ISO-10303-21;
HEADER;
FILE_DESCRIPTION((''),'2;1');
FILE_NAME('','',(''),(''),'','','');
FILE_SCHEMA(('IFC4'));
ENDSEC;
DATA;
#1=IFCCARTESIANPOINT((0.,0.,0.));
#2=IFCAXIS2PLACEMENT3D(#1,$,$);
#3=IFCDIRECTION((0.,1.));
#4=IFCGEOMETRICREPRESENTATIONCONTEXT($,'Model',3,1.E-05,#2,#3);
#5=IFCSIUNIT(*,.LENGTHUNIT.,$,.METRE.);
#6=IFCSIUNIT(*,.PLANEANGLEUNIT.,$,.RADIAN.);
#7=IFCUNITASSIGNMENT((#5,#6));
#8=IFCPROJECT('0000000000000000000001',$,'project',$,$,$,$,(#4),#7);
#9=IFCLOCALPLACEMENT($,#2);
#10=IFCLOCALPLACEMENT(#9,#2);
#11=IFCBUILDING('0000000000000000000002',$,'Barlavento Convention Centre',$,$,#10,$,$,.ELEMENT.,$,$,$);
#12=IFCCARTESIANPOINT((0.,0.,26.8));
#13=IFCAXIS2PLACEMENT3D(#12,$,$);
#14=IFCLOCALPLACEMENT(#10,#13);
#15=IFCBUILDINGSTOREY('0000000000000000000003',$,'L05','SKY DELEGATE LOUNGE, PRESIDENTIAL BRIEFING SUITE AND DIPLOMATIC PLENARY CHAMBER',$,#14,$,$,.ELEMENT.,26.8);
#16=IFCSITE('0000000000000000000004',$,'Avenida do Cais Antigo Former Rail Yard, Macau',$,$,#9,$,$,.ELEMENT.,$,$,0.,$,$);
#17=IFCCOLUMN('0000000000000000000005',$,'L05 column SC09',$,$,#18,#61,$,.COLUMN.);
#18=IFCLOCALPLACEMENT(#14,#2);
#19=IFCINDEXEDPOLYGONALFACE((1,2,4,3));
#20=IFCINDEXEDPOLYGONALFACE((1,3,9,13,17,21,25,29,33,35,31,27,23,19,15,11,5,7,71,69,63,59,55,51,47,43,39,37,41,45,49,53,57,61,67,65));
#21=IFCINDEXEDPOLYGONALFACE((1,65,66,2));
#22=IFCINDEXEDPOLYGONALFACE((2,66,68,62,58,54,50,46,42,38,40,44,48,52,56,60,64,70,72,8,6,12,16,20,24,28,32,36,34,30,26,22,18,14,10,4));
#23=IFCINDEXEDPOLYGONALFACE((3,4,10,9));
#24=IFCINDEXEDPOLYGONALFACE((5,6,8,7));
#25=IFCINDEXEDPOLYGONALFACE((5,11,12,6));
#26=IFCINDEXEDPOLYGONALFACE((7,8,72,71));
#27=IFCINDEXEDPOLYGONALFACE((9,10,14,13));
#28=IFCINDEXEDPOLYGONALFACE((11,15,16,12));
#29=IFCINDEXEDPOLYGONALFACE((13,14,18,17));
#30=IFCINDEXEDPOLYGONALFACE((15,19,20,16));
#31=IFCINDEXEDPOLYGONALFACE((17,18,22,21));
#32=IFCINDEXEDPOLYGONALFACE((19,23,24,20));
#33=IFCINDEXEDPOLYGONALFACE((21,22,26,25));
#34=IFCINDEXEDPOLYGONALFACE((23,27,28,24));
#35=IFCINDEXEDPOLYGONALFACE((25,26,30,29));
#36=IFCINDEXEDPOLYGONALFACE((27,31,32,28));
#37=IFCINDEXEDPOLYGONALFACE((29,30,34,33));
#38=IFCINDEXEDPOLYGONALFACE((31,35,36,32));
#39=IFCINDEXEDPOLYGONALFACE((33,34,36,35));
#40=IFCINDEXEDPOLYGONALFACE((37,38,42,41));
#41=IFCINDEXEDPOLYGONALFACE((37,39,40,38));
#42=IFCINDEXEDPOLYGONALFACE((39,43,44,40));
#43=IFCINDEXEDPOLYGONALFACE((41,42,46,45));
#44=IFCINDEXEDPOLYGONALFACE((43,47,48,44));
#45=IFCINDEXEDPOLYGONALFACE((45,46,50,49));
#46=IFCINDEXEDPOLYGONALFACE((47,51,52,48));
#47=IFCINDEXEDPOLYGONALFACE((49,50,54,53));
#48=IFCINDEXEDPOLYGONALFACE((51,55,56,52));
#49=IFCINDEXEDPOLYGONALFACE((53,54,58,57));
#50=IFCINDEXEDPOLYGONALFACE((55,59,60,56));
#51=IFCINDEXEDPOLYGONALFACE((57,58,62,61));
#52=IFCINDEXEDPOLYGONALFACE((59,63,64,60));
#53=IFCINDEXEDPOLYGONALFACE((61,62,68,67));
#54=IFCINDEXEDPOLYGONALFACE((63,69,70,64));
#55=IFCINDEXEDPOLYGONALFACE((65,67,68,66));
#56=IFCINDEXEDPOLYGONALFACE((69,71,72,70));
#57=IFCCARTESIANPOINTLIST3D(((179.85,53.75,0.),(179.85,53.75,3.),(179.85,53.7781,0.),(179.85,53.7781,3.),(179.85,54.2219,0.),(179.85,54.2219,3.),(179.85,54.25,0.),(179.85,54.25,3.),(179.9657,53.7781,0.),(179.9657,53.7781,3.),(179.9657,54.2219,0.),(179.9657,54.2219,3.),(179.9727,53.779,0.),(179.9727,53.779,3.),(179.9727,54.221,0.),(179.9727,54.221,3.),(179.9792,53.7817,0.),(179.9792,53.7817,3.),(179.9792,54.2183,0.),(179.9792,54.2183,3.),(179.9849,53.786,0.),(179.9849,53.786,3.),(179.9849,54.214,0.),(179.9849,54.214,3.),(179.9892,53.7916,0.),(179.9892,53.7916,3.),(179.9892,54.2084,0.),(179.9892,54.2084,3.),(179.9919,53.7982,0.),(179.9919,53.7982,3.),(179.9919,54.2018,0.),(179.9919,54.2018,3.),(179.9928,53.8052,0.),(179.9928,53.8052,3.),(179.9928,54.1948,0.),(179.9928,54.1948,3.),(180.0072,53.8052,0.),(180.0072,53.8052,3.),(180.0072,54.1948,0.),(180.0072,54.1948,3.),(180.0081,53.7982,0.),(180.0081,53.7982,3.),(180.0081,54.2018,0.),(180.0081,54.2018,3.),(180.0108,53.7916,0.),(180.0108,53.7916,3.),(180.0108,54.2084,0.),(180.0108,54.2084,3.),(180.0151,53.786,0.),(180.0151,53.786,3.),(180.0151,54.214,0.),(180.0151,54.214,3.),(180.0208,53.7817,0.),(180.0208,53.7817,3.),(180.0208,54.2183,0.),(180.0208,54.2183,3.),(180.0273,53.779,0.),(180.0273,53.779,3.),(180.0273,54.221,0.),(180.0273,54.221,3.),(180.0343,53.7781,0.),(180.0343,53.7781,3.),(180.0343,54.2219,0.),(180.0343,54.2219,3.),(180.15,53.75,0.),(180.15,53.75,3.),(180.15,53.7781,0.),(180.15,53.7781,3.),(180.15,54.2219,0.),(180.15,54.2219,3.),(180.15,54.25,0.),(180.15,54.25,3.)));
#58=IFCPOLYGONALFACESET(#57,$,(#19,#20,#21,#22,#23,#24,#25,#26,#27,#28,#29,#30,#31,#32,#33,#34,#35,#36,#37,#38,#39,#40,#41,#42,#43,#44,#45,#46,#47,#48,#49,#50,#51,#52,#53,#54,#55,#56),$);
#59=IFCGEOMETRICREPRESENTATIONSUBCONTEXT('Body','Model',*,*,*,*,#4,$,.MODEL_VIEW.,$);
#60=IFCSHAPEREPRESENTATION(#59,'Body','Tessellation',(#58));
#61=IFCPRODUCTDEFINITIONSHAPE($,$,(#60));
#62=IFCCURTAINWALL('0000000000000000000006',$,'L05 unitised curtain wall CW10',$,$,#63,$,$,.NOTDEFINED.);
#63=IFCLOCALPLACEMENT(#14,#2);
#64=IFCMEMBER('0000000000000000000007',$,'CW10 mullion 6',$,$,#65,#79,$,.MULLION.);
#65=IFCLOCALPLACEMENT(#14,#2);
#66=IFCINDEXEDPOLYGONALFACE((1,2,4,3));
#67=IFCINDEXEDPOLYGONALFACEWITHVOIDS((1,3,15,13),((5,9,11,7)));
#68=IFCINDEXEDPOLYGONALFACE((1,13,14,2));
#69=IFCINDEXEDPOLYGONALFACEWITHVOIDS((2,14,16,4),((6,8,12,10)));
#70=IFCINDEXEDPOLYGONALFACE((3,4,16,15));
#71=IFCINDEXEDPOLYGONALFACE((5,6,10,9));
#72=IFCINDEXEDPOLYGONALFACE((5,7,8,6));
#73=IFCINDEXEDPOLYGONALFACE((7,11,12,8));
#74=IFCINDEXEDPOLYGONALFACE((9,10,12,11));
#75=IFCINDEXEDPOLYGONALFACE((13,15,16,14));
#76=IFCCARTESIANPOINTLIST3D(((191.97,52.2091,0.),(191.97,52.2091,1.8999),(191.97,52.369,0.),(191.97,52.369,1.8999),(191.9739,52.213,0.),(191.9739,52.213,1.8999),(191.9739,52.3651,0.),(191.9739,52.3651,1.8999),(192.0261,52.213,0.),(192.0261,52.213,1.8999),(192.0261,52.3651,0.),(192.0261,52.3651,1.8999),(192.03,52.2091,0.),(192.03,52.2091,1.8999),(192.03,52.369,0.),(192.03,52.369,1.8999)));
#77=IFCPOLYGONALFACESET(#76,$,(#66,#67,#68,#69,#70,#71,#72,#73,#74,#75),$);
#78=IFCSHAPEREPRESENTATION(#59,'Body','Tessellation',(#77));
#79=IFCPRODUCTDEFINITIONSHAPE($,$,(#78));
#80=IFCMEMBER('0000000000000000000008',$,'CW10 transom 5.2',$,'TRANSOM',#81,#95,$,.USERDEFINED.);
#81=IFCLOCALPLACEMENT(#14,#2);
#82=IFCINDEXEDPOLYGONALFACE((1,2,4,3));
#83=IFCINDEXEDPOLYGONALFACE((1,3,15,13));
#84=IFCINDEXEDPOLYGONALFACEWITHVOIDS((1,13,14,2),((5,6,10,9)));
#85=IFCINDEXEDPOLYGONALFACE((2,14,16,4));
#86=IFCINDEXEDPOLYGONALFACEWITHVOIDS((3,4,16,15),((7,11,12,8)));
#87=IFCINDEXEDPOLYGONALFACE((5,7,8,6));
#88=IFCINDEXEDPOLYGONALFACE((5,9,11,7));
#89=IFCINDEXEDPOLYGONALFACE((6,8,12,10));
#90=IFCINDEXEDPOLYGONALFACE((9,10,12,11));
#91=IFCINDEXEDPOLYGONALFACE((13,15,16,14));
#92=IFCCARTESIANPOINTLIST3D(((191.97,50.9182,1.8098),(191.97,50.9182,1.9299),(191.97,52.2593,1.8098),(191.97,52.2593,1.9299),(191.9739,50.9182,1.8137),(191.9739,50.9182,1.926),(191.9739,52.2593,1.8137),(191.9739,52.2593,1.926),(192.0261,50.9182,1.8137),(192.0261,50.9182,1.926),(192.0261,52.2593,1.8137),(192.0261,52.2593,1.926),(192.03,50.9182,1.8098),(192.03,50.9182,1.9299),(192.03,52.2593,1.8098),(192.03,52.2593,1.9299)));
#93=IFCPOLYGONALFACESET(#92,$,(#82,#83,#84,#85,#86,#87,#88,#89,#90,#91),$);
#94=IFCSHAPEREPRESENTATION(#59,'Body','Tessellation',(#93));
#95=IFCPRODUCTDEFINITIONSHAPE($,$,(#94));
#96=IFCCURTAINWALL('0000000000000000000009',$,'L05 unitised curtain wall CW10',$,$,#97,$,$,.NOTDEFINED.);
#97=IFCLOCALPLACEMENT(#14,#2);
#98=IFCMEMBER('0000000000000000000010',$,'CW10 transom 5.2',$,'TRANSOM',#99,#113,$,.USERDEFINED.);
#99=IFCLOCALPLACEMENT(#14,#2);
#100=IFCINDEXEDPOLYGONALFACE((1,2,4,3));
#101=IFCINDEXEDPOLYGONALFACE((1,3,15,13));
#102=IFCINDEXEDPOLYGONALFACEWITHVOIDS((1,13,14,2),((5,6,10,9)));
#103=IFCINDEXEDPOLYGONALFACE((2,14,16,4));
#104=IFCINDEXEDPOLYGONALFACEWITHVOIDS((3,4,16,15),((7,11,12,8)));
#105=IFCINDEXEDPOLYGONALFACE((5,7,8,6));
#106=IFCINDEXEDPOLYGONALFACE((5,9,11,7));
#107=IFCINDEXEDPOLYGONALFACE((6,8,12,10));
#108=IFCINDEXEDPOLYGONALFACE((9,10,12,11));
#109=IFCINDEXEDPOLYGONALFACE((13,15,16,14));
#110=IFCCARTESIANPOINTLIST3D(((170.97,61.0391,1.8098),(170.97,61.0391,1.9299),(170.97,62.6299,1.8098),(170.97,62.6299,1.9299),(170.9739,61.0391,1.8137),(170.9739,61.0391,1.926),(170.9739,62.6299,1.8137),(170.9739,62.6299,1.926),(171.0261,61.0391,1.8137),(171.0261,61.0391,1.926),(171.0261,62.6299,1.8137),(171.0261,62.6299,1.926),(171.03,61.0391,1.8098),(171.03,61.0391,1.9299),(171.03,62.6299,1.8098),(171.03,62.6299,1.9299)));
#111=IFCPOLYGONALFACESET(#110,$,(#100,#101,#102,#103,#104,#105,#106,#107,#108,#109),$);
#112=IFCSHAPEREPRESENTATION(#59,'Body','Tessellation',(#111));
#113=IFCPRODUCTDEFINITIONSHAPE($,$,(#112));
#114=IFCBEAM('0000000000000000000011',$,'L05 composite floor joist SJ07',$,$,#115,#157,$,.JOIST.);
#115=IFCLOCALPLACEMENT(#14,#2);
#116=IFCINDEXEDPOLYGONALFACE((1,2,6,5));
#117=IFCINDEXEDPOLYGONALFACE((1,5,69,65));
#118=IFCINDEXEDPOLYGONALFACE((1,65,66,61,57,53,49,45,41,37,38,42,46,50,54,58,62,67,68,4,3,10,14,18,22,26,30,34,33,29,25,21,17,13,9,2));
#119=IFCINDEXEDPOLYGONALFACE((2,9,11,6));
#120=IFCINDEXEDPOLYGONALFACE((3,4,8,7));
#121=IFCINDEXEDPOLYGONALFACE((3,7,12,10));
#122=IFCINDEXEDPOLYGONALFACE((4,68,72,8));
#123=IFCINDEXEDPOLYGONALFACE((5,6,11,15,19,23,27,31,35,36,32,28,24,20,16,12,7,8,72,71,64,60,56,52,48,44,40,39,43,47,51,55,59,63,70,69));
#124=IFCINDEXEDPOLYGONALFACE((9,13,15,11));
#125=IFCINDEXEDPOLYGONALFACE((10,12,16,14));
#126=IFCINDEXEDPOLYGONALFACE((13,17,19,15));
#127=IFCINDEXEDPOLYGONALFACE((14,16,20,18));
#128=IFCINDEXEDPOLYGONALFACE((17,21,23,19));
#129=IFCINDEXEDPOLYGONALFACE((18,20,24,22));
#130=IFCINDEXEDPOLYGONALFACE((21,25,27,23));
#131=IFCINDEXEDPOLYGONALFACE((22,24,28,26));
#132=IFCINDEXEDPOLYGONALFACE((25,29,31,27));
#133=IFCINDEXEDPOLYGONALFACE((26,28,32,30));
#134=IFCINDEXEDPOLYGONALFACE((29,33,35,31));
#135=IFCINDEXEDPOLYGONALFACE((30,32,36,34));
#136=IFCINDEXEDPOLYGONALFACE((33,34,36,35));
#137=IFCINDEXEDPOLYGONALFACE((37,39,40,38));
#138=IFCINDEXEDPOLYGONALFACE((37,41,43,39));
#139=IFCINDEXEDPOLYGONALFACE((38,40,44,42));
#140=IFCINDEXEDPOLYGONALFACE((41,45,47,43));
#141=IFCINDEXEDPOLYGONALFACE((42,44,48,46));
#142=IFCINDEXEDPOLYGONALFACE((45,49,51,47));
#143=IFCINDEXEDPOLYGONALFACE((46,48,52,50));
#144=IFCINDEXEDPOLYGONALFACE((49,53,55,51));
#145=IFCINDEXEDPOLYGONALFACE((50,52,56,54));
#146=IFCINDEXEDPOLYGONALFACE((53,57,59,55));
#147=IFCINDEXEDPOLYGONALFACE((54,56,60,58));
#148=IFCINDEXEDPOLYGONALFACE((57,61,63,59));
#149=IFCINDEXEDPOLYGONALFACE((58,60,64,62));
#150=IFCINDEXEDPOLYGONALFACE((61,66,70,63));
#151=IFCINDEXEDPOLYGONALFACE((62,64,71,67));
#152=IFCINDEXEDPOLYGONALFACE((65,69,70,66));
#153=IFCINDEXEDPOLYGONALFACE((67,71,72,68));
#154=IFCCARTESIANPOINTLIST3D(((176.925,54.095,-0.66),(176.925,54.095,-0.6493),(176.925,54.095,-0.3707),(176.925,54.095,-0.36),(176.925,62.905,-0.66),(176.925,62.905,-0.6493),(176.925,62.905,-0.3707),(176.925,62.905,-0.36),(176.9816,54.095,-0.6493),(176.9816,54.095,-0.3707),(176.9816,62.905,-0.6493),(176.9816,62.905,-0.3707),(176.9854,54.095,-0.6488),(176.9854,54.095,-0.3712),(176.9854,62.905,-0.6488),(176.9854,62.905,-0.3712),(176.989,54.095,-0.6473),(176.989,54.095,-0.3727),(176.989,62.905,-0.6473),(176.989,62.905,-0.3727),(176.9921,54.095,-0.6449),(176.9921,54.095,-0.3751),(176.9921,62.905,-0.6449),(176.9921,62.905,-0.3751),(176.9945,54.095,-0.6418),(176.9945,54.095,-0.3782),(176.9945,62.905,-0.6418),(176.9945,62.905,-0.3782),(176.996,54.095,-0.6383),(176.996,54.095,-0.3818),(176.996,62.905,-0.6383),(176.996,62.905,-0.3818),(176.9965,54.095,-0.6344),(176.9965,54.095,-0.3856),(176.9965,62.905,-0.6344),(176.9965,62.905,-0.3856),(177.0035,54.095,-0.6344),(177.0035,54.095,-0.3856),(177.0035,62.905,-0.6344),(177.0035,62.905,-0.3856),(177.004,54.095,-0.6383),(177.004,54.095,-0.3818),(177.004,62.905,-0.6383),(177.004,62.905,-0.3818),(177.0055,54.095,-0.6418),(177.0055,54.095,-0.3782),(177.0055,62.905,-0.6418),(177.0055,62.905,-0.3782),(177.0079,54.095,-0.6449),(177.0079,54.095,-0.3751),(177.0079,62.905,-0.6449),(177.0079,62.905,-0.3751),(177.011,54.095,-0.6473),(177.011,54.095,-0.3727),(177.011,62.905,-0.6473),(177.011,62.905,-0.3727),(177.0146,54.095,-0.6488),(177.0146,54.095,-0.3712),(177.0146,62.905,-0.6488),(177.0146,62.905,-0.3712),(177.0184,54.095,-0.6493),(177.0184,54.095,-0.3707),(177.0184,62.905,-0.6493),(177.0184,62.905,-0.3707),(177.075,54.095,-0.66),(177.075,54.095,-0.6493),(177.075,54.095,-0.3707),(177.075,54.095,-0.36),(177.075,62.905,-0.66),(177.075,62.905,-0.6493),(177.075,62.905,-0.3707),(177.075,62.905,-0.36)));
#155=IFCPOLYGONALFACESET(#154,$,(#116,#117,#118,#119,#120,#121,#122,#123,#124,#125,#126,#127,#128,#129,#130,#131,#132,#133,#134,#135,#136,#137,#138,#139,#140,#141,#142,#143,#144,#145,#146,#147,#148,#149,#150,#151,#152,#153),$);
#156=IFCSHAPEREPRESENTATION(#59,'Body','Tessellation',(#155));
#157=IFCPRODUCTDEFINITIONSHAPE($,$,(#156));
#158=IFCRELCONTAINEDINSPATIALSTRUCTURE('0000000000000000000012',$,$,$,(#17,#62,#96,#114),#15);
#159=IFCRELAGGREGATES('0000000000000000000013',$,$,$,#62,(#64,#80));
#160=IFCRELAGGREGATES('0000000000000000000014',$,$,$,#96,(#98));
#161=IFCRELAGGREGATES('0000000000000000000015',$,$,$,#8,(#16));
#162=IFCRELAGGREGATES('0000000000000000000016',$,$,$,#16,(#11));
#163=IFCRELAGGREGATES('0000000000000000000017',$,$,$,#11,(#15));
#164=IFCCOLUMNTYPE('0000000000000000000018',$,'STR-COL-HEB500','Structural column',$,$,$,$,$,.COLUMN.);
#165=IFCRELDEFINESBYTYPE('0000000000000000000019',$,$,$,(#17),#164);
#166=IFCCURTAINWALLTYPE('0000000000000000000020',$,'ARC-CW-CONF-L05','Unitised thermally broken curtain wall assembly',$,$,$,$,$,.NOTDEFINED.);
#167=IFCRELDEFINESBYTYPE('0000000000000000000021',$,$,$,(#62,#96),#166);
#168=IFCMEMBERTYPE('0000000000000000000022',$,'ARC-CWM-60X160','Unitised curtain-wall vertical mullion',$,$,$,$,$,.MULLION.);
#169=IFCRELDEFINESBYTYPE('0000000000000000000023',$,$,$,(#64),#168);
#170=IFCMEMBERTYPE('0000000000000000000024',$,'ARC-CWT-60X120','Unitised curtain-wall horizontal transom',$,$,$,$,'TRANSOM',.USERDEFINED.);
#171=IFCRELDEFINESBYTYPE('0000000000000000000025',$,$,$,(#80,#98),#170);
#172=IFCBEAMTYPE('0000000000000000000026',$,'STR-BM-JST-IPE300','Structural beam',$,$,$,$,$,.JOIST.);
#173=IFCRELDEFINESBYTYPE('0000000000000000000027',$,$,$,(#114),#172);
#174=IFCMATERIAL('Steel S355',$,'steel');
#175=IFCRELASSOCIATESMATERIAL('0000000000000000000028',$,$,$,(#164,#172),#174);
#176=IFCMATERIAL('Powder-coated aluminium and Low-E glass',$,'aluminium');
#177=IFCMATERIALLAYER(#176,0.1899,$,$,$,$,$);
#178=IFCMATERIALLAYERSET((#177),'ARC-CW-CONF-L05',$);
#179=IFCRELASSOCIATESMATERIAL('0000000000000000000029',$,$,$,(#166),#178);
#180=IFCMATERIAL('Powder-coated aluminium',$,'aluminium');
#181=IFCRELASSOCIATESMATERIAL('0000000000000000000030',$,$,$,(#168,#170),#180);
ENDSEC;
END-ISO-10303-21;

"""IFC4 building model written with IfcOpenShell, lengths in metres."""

from ifc_helpers import new_model, si_unit, direction, frame, origin, origin_2d, place, context, subcontext, project, spatial, hollow_rectangle, i_section, extrude, material, layer, layer_set, material_profile, profile_set, type_object, element, aggregate, save


model = new_model("IFC4")

# Units and contexts
model_context = context("Model", 3, precision=1e-05, world=origin(), true_north=direction((0.0, 1.0)))
body_context = subcontext(model_context, "Body", "Model", "MODEL_VIEW")
ifc_project = project(units=[si_unit("LENGTHUNIT", "METRE"), si_unit("PLANEANGLEUNIT", "RADIAN")], contexts=[model_context])

# Site, building, storey
site_placement = place(None, origin())
site = spatial("IfcSite", under=ifc_project, at=site_placement, Name="Avenida do Cais Antigo Former Rail Yard, Macau", CompositionType="ELEMENT", RefElevation=0.0)
building_placement = place(site_placement, origin())
building = spatial("IfcBuilding", under=site, at=building_placement, Name="Barlavento Convention Centre", CompositionType="ELEMENT")
storey_placement = place(building_placement, frame((0.0, 0.0, 26.8)))
storey = spatial("IfcBuildingStorey", under=building, at=storey_placement, Name="L05", Description="SKY DELEGATE LOUNGE, PRESIDENTIAL BRIEFING SUITE AND DIPLOMATIC PLENARY CHAMBER", CompositionType="ELEMENT", Elevation=26.8)

# Column
ifc_material_1 = material(Name="Steel S355", Category="steel")
ifc_material_profile_1 = material_profile(ifc_material_1, i_section(OverallWidth=0.3, OverallDepth=0.5, WebThickness=0.0144, FlangeThickness=0.0281, FilletRadius=0.0271, at=origin_2d()), Name="HEB 500")
ifc_profile_set_1 = profile_set([ifc_material_profile_1], Name="Steel S355")
column_type = type_object("IfcColumnType", Name="STR-COL-HEB500", Description="Structural column", PredefinedType="COLUMN", material=ifc_profile_set_1)
column_placement = place(storey_placement, frame((180.0, 54.0, 0.0), z_axis=(0.0, 0.0, 1.0), x_axis=(1.0, 0.0, 0.0)))
element("IfcColumn", 1, at=column_placement, inside=storey, type_object=column_type, Name="L05 column SC09", PredefinedType="COLUMN", context=body_context, shape_type="SweptSolid", body=[
    extrude(i_section(OverallWidth=0.3, OverallDepth=0.5, WebThickness=0.0144, FlangeThickness=0.0281, FilletRadius=0.0271, at=origin_2d()), origin(), (0.0, 0.0, 1.0), 3.0),
])

# Curtain wall, members
ifc_material_2 = material(Name="Powder-coated aluminium and Low-E glass", Category="aluminium")
ifc_layer_1 = layer(ifc_material_2, 0.1899)
ifc_layer_set_1 = layer_set([ifc_layer_1], Name="ARC-CW-CONF-L05")
curtain_wall_type = type_object("IfcCurtainWallType", Name="ARC-CW-CONF-L05", Description="Unitised thermally broken curtain wall assembly", PredefinedType="NOTDEFINED", material=ifc_layer_set_1)
curtain_wall_1_placement = place(storey_placement, origin())
curtain_wall_1 = element("IfcCurtainWall", 2, at=curtain_wall_1_placement, inside=storey, type_object=curtain_wall_type, Name="L05 unitised curtain wall CW10", PredefinedType="NOTDEFINED")
ifc_material_3 = material(Name="Powder-coated aluminium", Category="aluminium")
ifc_material_profile_2 = material_profile(ifc_material_3, hollow_rectangle(XDim=0.0601, YDim=0.1599, WallThickness=0.0039, at=origin_2d()), Name="AL-MULL 60x160x4")
ifc_profile_set_2 = profile_set([ifc_material_profile_2], Name="Powder-coated aluminium")
member_type_1 = type_object("IfcMemberType", Name="ARC-CWM-60X160", Description="Unitised curtain-wall vertical mullion", PredefinedType="MULLION", material=ifc_profile_set_2)
member_1_placement = place(storey_placement, frame((192.0, 52.2891, 0.0), z_axis=(0.0, 0.0, 1.0), x_axis=(-1.0, 0.0, 0.0)))
member_1 = element("IfcMember", 3, at=member_1_placement, type_object=member_type_1, Name="CW10 mullion 6", PredefinedType="MULLION", context=body_context, shape_type="SweptSolid", body=[
    extrude(hollow_rectangle(XDim=0.0601, YDim=0.1599, WallThickness=0.0039, at=origin_2d()), origin(), (0.0, 0.0, 1.0), 1.8999),
])
ifc_material_profile_3 = material_profile(ifc_material_3, hollow_rectangle(XDim=0.0601, YDim=0.1201, WallThickness=0.0039, at=origin_2d()), Name="AL-TRAN 60x120x4")
ifc_profile_set_3 = profile_set([ifc_material_profile_3], Name="Powder-coated aluminium")
member_type_2 = type_object("IfcMemberType", Name="ARC-CWT-60X120", Description="Unitised curtain-wall horizontal transom", ElementType="TRANSOM", PredefinedType="USERDEFINED", material=ifc_profile_set_3)
member_2_placement = place(storey_placement, frame((192.0, 50.9182, 1.8699), z_axis=(0.0, 1.0, 0.0), x_axis=(-1.0, 0.0, 0.0)))
member_2 = element("IfcMember", 4, at=member_2_placement, type_object=member_type_2, Name="CW10 transom 5.2", ObjectType="TRANSOM", PredefinedType="USERDEFINED", context=body_context, shape_type="SweptSolid", body=[
    extrude(hollow_rectangle(XDim=0.0601, YDim=0.1201, WallThickness=0.0039, at=origin_2d()), origin(), (0.0, 0.0, 1.0), 1.3411),
])

# Curtain wall, member
curtain_wall_2_placement = place(storey_placement, origin())
curtain_wall_2 = element("IfcCurtainWall", 5, at=curtain_wall_2_placement, inside=storey, type_object=curtain_wall_type, Name="L05 unitised curtain wall CW10", PredefinedType="NOTDEFINED")
member_3_placement = place(storey_placement, frame((171.0, 61.0391, 1.8699), z_axis=(0.0, 1.0, 0.0), x_axis=(-1.0, 0.0, 0.0)))
member_3 = element("IfcMember", 6, at=member_3_placement, type_object=member_type_2, Name="CW10 transom 5.2", ObjectType="TRANSOM", PredefinedType="USERDEFINED", context=body_context, shape_type="SweptSolid", body=[
    extrude(hollow_rectangle(XDim=0.0601, YDim=0.1201, WallThickness=0.0039, at=origin_2d()), origin(), (0.0, 0.0, 1.0), 1.5908),
])

# Beam
ifc_material_profile_4 = material_profile(ifc_material_1, i_section(OverallWidth=0.1499, OverallDepth=0.3, WebThickness=0.0071, FlangeThickness=0.0107, FilletRadius=0.0149, at=origin_2d()), Name="IPE 300")
ifc_profile_set_4 = profile_set([ifc_material_profile_4], Name="Steel S355")
beam_type_1 = type_object("IfcBeamType", Name="STR-BM-JST-IPE300", Description="Structural beam", PredefinedType="JOIST", material=ifc_profile_set_4)
beam_1_placement = place(storey_placement, frame((177.0, 54.095, -0.51), z_axis=(0.0, 1.0, 0.0), x_axis=(-1.0, 0.0, 0.0)))
element("IfcBeam", 7, at=beam_1_placement, inside=storey, type_object=beam_type_1, Name="L05 composite floor joist SJ07", PredefinedType="JOIST", context=body_context, shape_type="SweptSolid", body=[
    extrude(i_section(OverallWidth=0.1499, OverallDepth=0.3, WebThickness=0.0071, FlangeThickness=0.0107, FilletRadius=0.0149, at=origin_2d()), origin(), (0.0, 0.0, 1.0), 8.8101),
])

aggregate(curtain_wall_1, [member_1, member_2])
aggregate(curtain_wall_2, [member_3])

save(model, "model.ifc")
